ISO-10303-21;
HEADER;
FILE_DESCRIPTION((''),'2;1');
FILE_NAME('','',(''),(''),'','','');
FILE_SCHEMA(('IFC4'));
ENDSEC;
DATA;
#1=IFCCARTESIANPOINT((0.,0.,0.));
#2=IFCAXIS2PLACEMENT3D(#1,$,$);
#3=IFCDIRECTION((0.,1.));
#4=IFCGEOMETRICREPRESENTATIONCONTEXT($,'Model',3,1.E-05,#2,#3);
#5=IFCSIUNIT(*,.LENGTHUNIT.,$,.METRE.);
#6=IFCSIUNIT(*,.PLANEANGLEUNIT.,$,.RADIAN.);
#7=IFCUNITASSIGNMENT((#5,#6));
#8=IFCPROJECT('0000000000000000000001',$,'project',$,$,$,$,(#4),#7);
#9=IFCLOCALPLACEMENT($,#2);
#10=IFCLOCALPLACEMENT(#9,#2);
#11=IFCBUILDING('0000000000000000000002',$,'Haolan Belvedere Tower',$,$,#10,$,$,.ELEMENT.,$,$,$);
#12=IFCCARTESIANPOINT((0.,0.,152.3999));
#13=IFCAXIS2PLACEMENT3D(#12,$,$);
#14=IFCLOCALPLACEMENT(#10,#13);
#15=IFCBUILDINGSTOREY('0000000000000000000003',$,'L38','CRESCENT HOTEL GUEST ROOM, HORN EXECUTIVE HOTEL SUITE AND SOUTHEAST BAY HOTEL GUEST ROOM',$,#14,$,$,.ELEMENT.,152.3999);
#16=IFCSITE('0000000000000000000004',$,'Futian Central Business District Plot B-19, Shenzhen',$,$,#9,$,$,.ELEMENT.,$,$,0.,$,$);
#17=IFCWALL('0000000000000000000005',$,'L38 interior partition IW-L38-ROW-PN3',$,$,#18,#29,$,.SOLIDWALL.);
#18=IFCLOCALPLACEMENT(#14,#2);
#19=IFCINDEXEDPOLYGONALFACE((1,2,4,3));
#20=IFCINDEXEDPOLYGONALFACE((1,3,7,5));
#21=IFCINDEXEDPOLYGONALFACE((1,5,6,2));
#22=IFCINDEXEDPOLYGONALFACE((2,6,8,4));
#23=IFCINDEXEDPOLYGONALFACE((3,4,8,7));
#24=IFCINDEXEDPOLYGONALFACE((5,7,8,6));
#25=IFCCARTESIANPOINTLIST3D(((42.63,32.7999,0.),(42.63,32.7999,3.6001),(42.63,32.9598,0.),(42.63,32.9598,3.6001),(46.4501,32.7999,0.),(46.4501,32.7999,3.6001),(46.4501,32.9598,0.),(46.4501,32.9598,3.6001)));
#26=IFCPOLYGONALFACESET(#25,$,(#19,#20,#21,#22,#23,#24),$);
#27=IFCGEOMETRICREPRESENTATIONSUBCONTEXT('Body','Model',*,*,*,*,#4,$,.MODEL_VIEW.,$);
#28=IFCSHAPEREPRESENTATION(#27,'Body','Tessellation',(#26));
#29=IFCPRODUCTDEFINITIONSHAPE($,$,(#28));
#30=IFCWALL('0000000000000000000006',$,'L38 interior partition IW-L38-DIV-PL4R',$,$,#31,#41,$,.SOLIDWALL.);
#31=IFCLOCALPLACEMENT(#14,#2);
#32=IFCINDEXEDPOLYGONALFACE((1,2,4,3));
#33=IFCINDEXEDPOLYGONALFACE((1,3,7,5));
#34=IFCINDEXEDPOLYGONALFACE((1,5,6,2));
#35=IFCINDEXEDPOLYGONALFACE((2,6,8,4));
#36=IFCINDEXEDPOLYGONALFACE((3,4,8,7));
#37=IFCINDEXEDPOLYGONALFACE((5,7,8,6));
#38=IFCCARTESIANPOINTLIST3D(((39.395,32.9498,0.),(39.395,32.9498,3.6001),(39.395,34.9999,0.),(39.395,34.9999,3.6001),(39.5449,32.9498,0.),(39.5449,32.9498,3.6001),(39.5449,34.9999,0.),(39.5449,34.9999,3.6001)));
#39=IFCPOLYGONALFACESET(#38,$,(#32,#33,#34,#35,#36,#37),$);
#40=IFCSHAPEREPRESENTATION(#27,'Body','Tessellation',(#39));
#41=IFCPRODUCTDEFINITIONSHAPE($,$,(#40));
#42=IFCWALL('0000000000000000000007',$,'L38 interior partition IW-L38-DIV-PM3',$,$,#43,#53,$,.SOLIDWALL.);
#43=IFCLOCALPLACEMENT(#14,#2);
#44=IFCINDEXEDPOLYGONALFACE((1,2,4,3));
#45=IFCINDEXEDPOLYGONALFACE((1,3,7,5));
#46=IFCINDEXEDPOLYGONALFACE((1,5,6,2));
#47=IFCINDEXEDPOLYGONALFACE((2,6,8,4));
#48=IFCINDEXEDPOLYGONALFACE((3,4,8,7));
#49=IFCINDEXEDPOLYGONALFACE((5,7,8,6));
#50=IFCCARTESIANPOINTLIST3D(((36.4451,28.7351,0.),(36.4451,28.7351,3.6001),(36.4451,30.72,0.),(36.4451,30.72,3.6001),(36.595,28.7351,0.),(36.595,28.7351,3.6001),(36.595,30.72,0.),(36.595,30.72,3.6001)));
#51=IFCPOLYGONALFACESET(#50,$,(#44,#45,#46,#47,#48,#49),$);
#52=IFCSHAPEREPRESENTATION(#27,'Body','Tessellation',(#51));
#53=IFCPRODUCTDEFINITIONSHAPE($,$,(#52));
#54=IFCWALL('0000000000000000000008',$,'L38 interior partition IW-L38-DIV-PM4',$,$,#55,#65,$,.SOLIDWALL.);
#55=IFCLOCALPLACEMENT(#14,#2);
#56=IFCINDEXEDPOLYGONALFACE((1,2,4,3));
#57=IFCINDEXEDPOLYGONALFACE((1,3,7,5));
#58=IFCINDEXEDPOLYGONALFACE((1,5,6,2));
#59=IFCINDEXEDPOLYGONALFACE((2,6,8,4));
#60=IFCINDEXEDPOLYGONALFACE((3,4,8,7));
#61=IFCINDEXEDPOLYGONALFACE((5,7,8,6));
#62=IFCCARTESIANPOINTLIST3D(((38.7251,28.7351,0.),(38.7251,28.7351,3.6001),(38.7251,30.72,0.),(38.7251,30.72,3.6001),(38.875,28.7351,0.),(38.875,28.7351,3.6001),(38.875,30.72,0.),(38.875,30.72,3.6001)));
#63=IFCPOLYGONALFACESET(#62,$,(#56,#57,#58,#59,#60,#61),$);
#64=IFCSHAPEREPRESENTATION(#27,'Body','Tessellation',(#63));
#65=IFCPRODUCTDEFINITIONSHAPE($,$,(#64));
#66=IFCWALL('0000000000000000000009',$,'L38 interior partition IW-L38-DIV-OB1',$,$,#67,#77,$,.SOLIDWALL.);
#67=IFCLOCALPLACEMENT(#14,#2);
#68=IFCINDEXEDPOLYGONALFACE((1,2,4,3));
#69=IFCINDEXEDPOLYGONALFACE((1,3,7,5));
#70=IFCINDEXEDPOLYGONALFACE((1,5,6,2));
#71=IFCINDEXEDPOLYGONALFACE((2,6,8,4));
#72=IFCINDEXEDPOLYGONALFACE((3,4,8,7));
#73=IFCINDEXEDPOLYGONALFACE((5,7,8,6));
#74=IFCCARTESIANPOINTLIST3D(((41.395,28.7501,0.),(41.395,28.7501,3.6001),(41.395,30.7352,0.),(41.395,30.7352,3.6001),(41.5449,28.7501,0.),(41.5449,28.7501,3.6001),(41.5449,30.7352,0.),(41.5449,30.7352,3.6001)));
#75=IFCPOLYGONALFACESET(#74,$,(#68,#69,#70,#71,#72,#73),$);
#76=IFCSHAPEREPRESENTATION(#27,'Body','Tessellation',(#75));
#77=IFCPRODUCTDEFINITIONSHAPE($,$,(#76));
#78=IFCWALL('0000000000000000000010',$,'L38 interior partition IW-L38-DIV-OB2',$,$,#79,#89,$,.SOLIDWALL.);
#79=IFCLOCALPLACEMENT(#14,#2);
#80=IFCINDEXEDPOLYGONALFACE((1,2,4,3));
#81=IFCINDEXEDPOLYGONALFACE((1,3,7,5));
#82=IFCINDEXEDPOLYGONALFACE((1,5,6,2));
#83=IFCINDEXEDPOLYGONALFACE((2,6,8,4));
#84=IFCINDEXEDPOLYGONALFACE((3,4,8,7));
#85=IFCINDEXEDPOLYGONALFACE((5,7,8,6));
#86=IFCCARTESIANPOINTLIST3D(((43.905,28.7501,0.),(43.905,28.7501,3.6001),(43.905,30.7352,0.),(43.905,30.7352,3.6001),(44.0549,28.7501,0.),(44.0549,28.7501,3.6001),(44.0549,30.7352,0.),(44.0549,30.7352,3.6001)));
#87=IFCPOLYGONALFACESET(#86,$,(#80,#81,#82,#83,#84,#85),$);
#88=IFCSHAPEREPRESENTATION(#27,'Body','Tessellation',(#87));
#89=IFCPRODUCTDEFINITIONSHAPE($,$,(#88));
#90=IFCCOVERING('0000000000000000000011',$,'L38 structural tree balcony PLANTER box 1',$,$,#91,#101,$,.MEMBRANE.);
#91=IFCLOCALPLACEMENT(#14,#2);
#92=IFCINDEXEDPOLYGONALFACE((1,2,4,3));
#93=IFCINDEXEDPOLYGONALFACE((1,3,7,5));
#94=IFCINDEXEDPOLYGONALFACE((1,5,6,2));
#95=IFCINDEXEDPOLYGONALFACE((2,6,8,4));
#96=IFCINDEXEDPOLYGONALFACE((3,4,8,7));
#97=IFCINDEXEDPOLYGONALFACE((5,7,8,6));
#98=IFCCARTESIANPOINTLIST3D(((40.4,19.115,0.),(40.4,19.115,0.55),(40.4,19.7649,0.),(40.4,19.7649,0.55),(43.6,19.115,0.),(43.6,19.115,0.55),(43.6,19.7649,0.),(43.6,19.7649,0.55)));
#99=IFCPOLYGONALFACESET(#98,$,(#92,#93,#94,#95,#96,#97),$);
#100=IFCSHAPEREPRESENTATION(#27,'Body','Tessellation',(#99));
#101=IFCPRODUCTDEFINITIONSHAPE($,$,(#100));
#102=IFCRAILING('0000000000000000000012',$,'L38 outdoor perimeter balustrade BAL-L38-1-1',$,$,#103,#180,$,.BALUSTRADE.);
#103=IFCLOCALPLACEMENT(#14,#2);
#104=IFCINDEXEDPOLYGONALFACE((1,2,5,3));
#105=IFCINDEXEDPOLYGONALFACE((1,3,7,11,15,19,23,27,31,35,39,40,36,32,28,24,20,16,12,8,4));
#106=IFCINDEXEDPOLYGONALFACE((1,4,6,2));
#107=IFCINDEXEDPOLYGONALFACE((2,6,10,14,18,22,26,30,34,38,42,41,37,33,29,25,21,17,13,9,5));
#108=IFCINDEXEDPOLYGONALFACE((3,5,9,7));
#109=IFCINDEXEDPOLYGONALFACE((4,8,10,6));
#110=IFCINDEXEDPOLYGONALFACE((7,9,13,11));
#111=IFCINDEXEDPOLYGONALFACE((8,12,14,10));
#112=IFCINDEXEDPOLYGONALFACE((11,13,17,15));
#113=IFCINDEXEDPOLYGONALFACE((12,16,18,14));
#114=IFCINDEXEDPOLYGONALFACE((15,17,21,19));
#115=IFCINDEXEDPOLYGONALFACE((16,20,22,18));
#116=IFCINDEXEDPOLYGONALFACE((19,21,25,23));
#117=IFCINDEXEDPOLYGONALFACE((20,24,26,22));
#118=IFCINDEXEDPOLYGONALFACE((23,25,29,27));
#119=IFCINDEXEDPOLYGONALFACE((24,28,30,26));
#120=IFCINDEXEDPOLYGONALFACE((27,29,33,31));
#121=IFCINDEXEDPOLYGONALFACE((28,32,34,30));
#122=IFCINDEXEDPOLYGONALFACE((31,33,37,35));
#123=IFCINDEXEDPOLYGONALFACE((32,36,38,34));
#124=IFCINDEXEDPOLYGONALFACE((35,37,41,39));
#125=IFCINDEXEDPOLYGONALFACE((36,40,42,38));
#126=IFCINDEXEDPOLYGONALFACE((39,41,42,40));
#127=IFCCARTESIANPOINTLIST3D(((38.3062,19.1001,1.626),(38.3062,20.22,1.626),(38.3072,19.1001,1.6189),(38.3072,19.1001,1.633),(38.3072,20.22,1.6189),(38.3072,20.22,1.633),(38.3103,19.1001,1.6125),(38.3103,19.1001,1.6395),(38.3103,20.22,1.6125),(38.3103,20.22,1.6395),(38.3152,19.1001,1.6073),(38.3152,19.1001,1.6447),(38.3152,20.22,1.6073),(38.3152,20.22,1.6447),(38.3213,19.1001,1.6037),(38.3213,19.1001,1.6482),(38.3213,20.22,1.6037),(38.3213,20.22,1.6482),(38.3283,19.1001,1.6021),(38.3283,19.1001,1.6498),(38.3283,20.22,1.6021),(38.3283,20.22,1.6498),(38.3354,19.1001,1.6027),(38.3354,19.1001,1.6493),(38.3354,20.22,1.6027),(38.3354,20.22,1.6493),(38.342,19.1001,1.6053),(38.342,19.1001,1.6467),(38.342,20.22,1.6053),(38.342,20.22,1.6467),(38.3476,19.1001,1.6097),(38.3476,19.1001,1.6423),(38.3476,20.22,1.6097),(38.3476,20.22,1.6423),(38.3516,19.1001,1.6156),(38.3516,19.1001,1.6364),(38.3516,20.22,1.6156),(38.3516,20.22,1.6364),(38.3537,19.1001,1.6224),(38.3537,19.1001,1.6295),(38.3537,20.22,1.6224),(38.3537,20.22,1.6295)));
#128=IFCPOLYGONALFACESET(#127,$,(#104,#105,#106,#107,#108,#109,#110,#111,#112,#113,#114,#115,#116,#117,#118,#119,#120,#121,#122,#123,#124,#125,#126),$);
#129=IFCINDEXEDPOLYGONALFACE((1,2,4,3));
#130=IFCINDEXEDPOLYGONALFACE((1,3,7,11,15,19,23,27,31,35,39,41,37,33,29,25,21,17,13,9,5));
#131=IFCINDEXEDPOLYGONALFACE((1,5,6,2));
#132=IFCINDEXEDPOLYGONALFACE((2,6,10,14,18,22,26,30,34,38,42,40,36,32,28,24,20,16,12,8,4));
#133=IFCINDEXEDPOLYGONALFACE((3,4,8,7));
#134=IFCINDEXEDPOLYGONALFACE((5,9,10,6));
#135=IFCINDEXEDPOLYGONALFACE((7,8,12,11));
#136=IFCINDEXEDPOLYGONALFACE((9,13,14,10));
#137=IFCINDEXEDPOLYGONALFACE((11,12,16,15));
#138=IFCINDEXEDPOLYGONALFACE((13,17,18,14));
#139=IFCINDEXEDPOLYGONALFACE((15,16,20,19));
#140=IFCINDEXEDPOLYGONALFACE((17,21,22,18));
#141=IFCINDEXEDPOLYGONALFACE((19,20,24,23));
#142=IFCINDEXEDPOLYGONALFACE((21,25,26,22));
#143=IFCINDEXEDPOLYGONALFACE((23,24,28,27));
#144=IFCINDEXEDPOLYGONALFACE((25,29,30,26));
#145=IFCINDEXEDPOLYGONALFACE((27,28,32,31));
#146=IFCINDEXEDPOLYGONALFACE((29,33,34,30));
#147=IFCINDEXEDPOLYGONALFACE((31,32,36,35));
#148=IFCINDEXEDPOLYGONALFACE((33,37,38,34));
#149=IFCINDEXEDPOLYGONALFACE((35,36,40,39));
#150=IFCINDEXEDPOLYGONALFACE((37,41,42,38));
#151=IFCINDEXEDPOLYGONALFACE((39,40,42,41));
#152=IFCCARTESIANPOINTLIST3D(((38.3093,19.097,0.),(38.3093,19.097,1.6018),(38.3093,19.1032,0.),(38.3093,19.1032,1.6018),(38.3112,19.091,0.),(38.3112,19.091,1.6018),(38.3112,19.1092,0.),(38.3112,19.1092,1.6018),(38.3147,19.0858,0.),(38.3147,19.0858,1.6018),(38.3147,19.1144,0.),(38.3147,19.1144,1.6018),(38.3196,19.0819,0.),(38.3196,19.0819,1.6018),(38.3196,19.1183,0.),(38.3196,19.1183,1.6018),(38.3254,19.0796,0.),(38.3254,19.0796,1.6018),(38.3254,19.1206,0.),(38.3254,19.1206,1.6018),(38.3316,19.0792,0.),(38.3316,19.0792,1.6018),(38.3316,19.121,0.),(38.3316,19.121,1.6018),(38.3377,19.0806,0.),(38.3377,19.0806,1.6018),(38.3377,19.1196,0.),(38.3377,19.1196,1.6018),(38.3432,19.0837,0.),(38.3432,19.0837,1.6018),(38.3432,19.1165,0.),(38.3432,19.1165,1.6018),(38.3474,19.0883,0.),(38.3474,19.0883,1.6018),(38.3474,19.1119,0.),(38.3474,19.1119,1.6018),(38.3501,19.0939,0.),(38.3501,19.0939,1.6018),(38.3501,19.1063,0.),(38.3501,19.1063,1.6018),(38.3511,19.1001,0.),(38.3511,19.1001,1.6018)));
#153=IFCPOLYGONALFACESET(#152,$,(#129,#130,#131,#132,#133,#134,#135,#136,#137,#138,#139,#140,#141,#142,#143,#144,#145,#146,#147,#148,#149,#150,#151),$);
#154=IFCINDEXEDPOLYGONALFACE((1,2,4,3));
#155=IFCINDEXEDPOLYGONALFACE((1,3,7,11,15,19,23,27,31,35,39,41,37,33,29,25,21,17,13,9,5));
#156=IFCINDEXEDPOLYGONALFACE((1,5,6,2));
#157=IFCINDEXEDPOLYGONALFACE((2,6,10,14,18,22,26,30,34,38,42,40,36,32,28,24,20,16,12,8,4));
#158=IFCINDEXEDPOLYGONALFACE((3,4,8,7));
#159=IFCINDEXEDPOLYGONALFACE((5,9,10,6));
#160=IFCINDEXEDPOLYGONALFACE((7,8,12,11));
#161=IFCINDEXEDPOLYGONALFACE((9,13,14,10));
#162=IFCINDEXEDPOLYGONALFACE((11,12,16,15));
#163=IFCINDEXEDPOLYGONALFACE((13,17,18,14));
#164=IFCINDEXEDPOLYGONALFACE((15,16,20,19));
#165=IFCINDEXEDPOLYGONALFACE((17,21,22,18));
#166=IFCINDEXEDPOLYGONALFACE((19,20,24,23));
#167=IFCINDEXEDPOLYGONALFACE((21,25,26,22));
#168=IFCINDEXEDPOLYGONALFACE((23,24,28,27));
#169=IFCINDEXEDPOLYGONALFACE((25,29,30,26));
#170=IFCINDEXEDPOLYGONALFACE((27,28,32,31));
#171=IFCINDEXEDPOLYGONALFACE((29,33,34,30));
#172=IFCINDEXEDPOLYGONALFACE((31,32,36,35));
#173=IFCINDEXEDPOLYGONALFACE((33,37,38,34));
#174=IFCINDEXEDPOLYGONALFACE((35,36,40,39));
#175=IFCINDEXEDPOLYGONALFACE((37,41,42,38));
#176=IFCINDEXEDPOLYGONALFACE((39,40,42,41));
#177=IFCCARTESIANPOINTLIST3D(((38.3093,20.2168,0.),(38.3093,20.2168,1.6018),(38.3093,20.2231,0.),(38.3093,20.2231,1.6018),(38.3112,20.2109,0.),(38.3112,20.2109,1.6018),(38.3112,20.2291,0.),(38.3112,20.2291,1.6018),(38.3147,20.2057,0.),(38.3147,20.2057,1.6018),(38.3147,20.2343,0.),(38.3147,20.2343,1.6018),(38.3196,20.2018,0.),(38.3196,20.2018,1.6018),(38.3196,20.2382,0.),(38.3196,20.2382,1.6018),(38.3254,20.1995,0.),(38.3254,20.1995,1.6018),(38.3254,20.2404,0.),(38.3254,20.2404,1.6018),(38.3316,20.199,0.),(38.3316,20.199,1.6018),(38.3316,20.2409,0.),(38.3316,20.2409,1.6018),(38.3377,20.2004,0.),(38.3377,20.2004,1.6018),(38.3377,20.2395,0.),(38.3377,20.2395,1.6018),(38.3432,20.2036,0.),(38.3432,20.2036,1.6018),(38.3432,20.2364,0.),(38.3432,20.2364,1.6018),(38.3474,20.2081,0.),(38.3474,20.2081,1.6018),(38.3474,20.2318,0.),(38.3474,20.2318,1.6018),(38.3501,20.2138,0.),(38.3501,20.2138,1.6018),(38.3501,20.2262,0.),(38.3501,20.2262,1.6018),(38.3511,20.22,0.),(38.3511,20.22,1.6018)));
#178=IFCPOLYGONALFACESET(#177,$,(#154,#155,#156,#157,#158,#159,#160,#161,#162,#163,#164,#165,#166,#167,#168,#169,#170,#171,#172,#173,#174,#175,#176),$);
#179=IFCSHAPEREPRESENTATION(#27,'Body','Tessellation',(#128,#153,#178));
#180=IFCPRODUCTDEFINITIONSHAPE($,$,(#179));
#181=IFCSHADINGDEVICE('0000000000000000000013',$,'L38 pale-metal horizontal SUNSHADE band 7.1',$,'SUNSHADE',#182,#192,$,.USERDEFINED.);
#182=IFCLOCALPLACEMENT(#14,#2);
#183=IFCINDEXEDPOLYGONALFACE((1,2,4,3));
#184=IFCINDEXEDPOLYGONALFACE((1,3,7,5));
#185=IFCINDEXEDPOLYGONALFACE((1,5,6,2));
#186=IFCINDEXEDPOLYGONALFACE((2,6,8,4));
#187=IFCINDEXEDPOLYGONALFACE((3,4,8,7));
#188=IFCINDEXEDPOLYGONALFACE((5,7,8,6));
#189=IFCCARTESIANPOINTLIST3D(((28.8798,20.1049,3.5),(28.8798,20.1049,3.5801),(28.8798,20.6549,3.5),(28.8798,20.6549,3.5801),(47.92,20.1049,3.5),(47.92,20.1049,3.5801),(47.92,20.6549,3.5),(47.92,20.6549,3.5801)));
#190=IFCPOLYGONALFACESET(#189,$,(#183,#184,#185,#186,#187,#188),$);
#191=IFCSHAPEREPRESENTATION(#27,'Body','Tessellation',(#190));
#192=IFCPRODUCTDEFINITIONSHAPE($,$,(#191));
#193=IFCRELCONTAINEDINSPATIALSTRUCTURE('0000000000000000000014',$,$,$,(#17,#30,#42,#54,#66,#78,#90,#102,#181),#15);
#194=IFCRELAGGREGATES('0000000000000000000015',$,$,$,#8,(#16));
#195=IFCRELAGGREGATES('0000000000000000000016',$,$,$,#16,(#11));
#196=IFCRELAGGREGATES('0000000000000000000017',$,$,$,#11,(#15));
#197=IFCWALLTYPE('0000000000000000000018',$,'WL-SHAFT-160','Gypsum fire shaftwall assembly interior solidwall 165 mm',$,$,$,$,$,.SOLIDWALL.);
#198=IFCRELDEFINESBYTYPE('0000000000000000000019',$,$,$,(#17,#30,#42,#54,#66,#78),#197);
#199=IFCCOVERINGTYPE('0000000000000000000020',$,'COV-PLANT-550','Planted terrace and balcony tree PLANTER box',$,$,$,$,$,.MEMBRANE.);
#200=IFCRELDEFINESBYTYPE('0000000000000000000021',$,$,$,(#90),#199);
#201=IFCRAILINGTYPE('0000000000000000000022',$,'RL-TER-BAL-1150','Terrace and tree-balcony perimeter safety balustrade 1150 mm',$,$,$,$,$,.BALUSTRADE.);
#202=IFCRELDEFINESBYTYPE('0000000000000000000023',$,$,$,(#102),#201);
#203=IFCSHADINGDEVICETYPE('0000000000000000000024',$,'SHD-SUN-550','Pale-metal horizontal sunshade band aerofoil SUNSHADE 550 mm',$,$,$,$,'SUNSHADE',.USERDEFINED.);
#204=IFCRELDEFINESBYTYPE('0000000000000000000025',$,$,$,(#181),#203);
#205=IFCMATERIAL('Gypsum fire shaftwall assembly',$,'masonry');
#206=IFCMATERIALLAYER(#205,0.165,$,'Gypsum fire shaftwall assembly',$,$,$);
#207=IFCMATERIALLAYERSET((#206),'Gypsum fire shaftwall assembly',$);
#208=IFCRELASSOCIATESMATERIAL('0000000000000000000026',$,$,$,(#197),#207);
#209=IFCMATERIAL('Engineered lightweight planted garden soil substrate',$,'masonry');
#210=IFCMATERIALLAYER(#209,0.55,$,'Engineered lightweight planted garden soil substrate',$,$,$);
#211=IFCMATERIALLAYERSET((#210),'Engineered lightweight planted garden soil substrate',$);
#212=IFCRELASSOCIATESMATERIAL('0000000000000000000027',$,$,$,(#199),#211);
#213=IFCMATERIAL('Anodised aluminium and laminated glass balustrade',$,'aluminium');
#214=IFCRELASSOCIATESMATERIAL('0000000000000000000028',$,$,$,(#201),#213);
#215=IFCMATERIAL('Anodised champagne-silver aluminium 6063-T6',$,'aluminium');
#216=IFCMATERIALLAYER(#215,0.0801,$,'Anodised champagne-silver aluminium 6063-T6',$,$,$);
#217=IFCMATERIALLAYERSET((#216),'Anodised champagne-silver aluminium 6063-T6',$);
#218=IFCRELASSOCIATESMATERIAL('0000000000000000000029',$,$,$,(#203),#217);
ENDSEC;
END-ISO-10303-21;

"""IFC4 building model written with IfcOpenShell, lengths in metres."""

from ifc_helpers import new_model, si_unit, direction, frame, frame_2d, origin, origin_2d, place, context, subcontext, project, spatial, rectangle, circle, extrude, material, layer, layer_set, type_object, element, save


model = new_model("IFC4")

# Units and contexts
model_context = context("Model", 3, precision=1e-05, world=origin(), true_north=direction((0.0, 1.0)))
body_context = subcontext(model_context, "Body", "Model", "MODEL_VIEW")
ifc_project = project(units=[si_unit("LENGTHUNIT", "METRE"), si_unit("PLANEANGLEUNIT", "RADIAN")], contexts=[model_context])

# Site, building, storey
site_placement = place(None, origin())
site = spatial("IfcSite", under=ifc_project, at=site_placement, Name="Futian Central Business District Plot B-19, Shenzhen", CompositionType="ELEMENT", RefElevation=0.0)
building_placement = place(site_placement, origin())
building = spatial("IfcBuilding", under=site, at=building_placement, Name="Haolan Belvedere Tower", CompositionType="ELEMENT")
storey_placement = place(building_placement, frame((0.0, 0.0, 152.3999)))
storey = spatial("IfcBuildingStorey", under=building, at=storey_placement, Name="L38", Description="CRESCENT HOTEL GUEST ROOM, HORN EXECUTIVE HOTEL SUITE AND SOUTHEAST BAY HOTEL GUEST ROOM", CompositionType="ELEMENT", Elevation=152.3999)

# Shared definitions
ifc_material_1 = material(Name="Gypsum fire shaftwall assembly", Category="masonry")
ifc_layer_1 = layer(ifc_material_1, 0.165, Name="Gypsum fire shaftwall assembly")
ifc_layer_set_1 = layer_set([ifc_layer_1], Name="Gypsum fire shaftwall assembly")
wall_type_1 = type_object("IfcWallType", Name="WL-SHAFT-160", Description="Gypsum fire shaftwall assembly interior solidwall 165 mm", PredefinedType="SOLIDWALL", material=ifc_layer_set_1)

# Walls
wall_1_placement = place(storey_placement, frame((42.6299, 32.8799, 0.0), z_axis=(0.0, 0.0, 1.0), x_axis=(1.0, 0.0, 0.0)))
element("IfcWall", 1, at=wall_1_placement, inside=storey, type_object=wall_type_1, Name="L38 interior partition IW-L38-ROW-PN3", PredefinedType="SOLIDWALL", context=body_context, shape_type="SweptSolid", body=[
    extrude(rectangle(XDim=3.8201, YDim=0.1599, at=frame_2d((1.9102, 0.0))), origin(), (0.0, 0.0, 1.0), 3.6001),
])
wall_2_placement = place(storey_placement, frame((39.47, 32.95, 0.0), z_axis=(0.0, 0.0, 1.0), x_axis=(0.0, 1.0, 0.0)))
element("IfcWall", 2, at=wall_2_placement, inside=storey, type_object=wall_type_1, Name="L38 interior partition IW-L38-DIV-PL4R", PredefinedType="SOLIDWALL", context=body_context, shape_type="SweptSolid", body=[
    extrude(rectangle(XDim=2.05, YDim=0.1499, at=frame_2d((1.0249, 0.0))), origin(), (0.0, 0.0, 1.0), 3.6001),
])
for number, where, z_axis, x_axis, name in (
    (3, (36.52, 28.7351, 0.0), (0.0, 0.0, 1.0), (0.0, 1.0, 0.0), "L38 interior partition IW-L38-DIV-PM3"),
    (4, (38.8, 28.7351, 0.0), (0.0, 0.0, 1.0), (0.0, 1.0, 0.0), "L38 interior partition IW-L38-DIV-PM4"),
):
    element("IfcWall", number, at=place(storey_placement, frame(where, z_axis=z_axis, x_axis=x_axis)), inside=storey, type_object=wall_type_1, Name=name, PredefinedType="SOLIDWALL", context=body_context, shape_type="SweptSolid", body=[
        extrude(rectangle(XDim=1.9849, YDim=0.1499, at=frame_2d((0.9924, 0.0))), origin(), (0.0, 0.0, 1.0), 3.6001),
    ])
for number, where, z_axis, x_axis, name in (
    (5, (41.47, 28.75, 0.0), (0.0, 0.0, 1.0), (0.0, 1.0, 0.0), "L38 interior partition IW-L38-DIV-OB1"),
    (6, (43.98, 28.75, 0.0), (0.0, 0.0, 1.0), (0.0, 1.0, 0.0), "L38 interior partition IW-L38-DIV-OB2"),
):
    element("IfcWall", number, at=place(storey_placement, frame(where, z_axis=z_axis, x_axis=x_axis)), inside=storey, type_object=wall_type_1, Name=name, PredefinedType="SOLIDWALL", context=body_context, shape_type="SweptSolid", body=[
        extrude(rectangle(XDim=1.9851, YDim=0.1499, at=frame_2d((0.9927, 0.0))), origin(), (0.0, 0.0, 1.0), 3.6001),
    ])

# Covering
ifc_material_2 = material(Name="Engineered lightweight planted garden soil substrate", Category="masonry")
ifc_layer_2 = layer(ifc_material_2, 0.55, Name="Engineered lightweight planted garden soil substrate")
ifc_layer_set_2 = layer_set([ifc_layer_2], Name="Engineered lightweight planted garden soil substrate")
covering_type = type_object("IfcCoveringType", Name="COV-PLANT-550", Description="Planted terrace and balcony tree PLANTER box", PredefinedType="MEMBRANE", material=ifc_layer_set_2)
covering_placement = place(storey_placement, frame((42.0, 19.4399, 0.0), z_axis=(0.0, 0.0, 1.0), x_axis=(1.0, 0.0, 0.0)))
element("IfcCovering", 7, at=covering_placement, inside=storey, type_object=covering_type, Name="L38 structural tree balcony PLANTER box 1", PredefinedType="MEMBRANE", context=body_context, shape_type="SweptSolid", body=[
    extrude(rectangle(XDim=3.2, YDim=0.6499, at=origin_2d()), origin(), (0.0, 0.0, 1.0), 0.55),
])

# Railing
ifc_material_3 = material(Name="Anodised aluminium and laminated glass balustrade", Category="aluminium")
railing_type = type_object("IfcRailingType", Name="RL-TER-BAL-1150", Description="Terrace and tree-balcony perimeter safety balustrade 1150 mm", PredefinedType="BALUSTRADE", material=ifc_material_3)
railing_placement = place(storey_placement, frame((38.3301, 19.1001, 0.0)))
element("IfcRailing", 8, at=railing_placement, inside=storey, type_object=railing_type, Name="L38 outdoor perimeter balustrade BAL-L38-1-1", PredefinedType="BALUSTRADE", context=body_context, shape_type="SweptSolid", body=[
    extrude(circle(Radius=0.0239, at=origin_2d()), frame((0.0, 0.0, 1.626), z_axis=(0.0, 1.0, 0.0), x_axis=(-1.0, 0.0, 0.0)), (0.0, 0.0, 1.0), 1.1199),
    extrude(circle(Radius=0.021, at=origin_2d()), origin(), (0.0, 0.0, 1.0), 1.6018),
    extrude(circle(Radius=0.021, at=origin_2d()), frame((0.0, 1.1199, 0.0)), (0.0, 0.0, 1.0), 1.6018),
])

# Shading device
ifc_material_4 = material(Name="Anodised champagne-silver aluminium 6063-T6", Category="aluminium")
ifc_layer_3 = layer(ifc_material_4, 0.0801, Name="Anodised champagne-silver aluminium 6063-T6")
ifc_layer_set_3 = layer_set([ifc_layer_3], Name="Anodised champagne-silver aluminium 6063-T6")
shading_device_type = type_object("IfcShadingDeviceType", Name="SHD-SUN-550", Description="Pale-metal horizontal sunshade band aerofoil SUNSHADE 550 mm", ElementType="SUNSHADE", PredefinedType="USERDEFINED", material=ifc_layer_set_3)
shading_device_placement = place(storey_placement, frame((38.3999, 20.3799, 3.5), z_axis=(0.0, 0.0, 1.0), x_axis=(1.0, 0.0, 0.0)))
element("IfcShadingDevice", 9, at=shading_device_placement, inside=storey, type_object=shading_device_type, Name="L38 pale-metal horizontal SUNSHADE band 7.1", ObjectType="SUNSHADE", PredefinedType="USERDEFINED", context=body_context, shape_type="SweptSolid", body=[
    extrude(rectangle(XDim=19.0403, YDim=0.55, at=origin_2d()), origin(), (0.0, 0.0, 1.0), 0.0801),
])

save(model, "model.ifc")
